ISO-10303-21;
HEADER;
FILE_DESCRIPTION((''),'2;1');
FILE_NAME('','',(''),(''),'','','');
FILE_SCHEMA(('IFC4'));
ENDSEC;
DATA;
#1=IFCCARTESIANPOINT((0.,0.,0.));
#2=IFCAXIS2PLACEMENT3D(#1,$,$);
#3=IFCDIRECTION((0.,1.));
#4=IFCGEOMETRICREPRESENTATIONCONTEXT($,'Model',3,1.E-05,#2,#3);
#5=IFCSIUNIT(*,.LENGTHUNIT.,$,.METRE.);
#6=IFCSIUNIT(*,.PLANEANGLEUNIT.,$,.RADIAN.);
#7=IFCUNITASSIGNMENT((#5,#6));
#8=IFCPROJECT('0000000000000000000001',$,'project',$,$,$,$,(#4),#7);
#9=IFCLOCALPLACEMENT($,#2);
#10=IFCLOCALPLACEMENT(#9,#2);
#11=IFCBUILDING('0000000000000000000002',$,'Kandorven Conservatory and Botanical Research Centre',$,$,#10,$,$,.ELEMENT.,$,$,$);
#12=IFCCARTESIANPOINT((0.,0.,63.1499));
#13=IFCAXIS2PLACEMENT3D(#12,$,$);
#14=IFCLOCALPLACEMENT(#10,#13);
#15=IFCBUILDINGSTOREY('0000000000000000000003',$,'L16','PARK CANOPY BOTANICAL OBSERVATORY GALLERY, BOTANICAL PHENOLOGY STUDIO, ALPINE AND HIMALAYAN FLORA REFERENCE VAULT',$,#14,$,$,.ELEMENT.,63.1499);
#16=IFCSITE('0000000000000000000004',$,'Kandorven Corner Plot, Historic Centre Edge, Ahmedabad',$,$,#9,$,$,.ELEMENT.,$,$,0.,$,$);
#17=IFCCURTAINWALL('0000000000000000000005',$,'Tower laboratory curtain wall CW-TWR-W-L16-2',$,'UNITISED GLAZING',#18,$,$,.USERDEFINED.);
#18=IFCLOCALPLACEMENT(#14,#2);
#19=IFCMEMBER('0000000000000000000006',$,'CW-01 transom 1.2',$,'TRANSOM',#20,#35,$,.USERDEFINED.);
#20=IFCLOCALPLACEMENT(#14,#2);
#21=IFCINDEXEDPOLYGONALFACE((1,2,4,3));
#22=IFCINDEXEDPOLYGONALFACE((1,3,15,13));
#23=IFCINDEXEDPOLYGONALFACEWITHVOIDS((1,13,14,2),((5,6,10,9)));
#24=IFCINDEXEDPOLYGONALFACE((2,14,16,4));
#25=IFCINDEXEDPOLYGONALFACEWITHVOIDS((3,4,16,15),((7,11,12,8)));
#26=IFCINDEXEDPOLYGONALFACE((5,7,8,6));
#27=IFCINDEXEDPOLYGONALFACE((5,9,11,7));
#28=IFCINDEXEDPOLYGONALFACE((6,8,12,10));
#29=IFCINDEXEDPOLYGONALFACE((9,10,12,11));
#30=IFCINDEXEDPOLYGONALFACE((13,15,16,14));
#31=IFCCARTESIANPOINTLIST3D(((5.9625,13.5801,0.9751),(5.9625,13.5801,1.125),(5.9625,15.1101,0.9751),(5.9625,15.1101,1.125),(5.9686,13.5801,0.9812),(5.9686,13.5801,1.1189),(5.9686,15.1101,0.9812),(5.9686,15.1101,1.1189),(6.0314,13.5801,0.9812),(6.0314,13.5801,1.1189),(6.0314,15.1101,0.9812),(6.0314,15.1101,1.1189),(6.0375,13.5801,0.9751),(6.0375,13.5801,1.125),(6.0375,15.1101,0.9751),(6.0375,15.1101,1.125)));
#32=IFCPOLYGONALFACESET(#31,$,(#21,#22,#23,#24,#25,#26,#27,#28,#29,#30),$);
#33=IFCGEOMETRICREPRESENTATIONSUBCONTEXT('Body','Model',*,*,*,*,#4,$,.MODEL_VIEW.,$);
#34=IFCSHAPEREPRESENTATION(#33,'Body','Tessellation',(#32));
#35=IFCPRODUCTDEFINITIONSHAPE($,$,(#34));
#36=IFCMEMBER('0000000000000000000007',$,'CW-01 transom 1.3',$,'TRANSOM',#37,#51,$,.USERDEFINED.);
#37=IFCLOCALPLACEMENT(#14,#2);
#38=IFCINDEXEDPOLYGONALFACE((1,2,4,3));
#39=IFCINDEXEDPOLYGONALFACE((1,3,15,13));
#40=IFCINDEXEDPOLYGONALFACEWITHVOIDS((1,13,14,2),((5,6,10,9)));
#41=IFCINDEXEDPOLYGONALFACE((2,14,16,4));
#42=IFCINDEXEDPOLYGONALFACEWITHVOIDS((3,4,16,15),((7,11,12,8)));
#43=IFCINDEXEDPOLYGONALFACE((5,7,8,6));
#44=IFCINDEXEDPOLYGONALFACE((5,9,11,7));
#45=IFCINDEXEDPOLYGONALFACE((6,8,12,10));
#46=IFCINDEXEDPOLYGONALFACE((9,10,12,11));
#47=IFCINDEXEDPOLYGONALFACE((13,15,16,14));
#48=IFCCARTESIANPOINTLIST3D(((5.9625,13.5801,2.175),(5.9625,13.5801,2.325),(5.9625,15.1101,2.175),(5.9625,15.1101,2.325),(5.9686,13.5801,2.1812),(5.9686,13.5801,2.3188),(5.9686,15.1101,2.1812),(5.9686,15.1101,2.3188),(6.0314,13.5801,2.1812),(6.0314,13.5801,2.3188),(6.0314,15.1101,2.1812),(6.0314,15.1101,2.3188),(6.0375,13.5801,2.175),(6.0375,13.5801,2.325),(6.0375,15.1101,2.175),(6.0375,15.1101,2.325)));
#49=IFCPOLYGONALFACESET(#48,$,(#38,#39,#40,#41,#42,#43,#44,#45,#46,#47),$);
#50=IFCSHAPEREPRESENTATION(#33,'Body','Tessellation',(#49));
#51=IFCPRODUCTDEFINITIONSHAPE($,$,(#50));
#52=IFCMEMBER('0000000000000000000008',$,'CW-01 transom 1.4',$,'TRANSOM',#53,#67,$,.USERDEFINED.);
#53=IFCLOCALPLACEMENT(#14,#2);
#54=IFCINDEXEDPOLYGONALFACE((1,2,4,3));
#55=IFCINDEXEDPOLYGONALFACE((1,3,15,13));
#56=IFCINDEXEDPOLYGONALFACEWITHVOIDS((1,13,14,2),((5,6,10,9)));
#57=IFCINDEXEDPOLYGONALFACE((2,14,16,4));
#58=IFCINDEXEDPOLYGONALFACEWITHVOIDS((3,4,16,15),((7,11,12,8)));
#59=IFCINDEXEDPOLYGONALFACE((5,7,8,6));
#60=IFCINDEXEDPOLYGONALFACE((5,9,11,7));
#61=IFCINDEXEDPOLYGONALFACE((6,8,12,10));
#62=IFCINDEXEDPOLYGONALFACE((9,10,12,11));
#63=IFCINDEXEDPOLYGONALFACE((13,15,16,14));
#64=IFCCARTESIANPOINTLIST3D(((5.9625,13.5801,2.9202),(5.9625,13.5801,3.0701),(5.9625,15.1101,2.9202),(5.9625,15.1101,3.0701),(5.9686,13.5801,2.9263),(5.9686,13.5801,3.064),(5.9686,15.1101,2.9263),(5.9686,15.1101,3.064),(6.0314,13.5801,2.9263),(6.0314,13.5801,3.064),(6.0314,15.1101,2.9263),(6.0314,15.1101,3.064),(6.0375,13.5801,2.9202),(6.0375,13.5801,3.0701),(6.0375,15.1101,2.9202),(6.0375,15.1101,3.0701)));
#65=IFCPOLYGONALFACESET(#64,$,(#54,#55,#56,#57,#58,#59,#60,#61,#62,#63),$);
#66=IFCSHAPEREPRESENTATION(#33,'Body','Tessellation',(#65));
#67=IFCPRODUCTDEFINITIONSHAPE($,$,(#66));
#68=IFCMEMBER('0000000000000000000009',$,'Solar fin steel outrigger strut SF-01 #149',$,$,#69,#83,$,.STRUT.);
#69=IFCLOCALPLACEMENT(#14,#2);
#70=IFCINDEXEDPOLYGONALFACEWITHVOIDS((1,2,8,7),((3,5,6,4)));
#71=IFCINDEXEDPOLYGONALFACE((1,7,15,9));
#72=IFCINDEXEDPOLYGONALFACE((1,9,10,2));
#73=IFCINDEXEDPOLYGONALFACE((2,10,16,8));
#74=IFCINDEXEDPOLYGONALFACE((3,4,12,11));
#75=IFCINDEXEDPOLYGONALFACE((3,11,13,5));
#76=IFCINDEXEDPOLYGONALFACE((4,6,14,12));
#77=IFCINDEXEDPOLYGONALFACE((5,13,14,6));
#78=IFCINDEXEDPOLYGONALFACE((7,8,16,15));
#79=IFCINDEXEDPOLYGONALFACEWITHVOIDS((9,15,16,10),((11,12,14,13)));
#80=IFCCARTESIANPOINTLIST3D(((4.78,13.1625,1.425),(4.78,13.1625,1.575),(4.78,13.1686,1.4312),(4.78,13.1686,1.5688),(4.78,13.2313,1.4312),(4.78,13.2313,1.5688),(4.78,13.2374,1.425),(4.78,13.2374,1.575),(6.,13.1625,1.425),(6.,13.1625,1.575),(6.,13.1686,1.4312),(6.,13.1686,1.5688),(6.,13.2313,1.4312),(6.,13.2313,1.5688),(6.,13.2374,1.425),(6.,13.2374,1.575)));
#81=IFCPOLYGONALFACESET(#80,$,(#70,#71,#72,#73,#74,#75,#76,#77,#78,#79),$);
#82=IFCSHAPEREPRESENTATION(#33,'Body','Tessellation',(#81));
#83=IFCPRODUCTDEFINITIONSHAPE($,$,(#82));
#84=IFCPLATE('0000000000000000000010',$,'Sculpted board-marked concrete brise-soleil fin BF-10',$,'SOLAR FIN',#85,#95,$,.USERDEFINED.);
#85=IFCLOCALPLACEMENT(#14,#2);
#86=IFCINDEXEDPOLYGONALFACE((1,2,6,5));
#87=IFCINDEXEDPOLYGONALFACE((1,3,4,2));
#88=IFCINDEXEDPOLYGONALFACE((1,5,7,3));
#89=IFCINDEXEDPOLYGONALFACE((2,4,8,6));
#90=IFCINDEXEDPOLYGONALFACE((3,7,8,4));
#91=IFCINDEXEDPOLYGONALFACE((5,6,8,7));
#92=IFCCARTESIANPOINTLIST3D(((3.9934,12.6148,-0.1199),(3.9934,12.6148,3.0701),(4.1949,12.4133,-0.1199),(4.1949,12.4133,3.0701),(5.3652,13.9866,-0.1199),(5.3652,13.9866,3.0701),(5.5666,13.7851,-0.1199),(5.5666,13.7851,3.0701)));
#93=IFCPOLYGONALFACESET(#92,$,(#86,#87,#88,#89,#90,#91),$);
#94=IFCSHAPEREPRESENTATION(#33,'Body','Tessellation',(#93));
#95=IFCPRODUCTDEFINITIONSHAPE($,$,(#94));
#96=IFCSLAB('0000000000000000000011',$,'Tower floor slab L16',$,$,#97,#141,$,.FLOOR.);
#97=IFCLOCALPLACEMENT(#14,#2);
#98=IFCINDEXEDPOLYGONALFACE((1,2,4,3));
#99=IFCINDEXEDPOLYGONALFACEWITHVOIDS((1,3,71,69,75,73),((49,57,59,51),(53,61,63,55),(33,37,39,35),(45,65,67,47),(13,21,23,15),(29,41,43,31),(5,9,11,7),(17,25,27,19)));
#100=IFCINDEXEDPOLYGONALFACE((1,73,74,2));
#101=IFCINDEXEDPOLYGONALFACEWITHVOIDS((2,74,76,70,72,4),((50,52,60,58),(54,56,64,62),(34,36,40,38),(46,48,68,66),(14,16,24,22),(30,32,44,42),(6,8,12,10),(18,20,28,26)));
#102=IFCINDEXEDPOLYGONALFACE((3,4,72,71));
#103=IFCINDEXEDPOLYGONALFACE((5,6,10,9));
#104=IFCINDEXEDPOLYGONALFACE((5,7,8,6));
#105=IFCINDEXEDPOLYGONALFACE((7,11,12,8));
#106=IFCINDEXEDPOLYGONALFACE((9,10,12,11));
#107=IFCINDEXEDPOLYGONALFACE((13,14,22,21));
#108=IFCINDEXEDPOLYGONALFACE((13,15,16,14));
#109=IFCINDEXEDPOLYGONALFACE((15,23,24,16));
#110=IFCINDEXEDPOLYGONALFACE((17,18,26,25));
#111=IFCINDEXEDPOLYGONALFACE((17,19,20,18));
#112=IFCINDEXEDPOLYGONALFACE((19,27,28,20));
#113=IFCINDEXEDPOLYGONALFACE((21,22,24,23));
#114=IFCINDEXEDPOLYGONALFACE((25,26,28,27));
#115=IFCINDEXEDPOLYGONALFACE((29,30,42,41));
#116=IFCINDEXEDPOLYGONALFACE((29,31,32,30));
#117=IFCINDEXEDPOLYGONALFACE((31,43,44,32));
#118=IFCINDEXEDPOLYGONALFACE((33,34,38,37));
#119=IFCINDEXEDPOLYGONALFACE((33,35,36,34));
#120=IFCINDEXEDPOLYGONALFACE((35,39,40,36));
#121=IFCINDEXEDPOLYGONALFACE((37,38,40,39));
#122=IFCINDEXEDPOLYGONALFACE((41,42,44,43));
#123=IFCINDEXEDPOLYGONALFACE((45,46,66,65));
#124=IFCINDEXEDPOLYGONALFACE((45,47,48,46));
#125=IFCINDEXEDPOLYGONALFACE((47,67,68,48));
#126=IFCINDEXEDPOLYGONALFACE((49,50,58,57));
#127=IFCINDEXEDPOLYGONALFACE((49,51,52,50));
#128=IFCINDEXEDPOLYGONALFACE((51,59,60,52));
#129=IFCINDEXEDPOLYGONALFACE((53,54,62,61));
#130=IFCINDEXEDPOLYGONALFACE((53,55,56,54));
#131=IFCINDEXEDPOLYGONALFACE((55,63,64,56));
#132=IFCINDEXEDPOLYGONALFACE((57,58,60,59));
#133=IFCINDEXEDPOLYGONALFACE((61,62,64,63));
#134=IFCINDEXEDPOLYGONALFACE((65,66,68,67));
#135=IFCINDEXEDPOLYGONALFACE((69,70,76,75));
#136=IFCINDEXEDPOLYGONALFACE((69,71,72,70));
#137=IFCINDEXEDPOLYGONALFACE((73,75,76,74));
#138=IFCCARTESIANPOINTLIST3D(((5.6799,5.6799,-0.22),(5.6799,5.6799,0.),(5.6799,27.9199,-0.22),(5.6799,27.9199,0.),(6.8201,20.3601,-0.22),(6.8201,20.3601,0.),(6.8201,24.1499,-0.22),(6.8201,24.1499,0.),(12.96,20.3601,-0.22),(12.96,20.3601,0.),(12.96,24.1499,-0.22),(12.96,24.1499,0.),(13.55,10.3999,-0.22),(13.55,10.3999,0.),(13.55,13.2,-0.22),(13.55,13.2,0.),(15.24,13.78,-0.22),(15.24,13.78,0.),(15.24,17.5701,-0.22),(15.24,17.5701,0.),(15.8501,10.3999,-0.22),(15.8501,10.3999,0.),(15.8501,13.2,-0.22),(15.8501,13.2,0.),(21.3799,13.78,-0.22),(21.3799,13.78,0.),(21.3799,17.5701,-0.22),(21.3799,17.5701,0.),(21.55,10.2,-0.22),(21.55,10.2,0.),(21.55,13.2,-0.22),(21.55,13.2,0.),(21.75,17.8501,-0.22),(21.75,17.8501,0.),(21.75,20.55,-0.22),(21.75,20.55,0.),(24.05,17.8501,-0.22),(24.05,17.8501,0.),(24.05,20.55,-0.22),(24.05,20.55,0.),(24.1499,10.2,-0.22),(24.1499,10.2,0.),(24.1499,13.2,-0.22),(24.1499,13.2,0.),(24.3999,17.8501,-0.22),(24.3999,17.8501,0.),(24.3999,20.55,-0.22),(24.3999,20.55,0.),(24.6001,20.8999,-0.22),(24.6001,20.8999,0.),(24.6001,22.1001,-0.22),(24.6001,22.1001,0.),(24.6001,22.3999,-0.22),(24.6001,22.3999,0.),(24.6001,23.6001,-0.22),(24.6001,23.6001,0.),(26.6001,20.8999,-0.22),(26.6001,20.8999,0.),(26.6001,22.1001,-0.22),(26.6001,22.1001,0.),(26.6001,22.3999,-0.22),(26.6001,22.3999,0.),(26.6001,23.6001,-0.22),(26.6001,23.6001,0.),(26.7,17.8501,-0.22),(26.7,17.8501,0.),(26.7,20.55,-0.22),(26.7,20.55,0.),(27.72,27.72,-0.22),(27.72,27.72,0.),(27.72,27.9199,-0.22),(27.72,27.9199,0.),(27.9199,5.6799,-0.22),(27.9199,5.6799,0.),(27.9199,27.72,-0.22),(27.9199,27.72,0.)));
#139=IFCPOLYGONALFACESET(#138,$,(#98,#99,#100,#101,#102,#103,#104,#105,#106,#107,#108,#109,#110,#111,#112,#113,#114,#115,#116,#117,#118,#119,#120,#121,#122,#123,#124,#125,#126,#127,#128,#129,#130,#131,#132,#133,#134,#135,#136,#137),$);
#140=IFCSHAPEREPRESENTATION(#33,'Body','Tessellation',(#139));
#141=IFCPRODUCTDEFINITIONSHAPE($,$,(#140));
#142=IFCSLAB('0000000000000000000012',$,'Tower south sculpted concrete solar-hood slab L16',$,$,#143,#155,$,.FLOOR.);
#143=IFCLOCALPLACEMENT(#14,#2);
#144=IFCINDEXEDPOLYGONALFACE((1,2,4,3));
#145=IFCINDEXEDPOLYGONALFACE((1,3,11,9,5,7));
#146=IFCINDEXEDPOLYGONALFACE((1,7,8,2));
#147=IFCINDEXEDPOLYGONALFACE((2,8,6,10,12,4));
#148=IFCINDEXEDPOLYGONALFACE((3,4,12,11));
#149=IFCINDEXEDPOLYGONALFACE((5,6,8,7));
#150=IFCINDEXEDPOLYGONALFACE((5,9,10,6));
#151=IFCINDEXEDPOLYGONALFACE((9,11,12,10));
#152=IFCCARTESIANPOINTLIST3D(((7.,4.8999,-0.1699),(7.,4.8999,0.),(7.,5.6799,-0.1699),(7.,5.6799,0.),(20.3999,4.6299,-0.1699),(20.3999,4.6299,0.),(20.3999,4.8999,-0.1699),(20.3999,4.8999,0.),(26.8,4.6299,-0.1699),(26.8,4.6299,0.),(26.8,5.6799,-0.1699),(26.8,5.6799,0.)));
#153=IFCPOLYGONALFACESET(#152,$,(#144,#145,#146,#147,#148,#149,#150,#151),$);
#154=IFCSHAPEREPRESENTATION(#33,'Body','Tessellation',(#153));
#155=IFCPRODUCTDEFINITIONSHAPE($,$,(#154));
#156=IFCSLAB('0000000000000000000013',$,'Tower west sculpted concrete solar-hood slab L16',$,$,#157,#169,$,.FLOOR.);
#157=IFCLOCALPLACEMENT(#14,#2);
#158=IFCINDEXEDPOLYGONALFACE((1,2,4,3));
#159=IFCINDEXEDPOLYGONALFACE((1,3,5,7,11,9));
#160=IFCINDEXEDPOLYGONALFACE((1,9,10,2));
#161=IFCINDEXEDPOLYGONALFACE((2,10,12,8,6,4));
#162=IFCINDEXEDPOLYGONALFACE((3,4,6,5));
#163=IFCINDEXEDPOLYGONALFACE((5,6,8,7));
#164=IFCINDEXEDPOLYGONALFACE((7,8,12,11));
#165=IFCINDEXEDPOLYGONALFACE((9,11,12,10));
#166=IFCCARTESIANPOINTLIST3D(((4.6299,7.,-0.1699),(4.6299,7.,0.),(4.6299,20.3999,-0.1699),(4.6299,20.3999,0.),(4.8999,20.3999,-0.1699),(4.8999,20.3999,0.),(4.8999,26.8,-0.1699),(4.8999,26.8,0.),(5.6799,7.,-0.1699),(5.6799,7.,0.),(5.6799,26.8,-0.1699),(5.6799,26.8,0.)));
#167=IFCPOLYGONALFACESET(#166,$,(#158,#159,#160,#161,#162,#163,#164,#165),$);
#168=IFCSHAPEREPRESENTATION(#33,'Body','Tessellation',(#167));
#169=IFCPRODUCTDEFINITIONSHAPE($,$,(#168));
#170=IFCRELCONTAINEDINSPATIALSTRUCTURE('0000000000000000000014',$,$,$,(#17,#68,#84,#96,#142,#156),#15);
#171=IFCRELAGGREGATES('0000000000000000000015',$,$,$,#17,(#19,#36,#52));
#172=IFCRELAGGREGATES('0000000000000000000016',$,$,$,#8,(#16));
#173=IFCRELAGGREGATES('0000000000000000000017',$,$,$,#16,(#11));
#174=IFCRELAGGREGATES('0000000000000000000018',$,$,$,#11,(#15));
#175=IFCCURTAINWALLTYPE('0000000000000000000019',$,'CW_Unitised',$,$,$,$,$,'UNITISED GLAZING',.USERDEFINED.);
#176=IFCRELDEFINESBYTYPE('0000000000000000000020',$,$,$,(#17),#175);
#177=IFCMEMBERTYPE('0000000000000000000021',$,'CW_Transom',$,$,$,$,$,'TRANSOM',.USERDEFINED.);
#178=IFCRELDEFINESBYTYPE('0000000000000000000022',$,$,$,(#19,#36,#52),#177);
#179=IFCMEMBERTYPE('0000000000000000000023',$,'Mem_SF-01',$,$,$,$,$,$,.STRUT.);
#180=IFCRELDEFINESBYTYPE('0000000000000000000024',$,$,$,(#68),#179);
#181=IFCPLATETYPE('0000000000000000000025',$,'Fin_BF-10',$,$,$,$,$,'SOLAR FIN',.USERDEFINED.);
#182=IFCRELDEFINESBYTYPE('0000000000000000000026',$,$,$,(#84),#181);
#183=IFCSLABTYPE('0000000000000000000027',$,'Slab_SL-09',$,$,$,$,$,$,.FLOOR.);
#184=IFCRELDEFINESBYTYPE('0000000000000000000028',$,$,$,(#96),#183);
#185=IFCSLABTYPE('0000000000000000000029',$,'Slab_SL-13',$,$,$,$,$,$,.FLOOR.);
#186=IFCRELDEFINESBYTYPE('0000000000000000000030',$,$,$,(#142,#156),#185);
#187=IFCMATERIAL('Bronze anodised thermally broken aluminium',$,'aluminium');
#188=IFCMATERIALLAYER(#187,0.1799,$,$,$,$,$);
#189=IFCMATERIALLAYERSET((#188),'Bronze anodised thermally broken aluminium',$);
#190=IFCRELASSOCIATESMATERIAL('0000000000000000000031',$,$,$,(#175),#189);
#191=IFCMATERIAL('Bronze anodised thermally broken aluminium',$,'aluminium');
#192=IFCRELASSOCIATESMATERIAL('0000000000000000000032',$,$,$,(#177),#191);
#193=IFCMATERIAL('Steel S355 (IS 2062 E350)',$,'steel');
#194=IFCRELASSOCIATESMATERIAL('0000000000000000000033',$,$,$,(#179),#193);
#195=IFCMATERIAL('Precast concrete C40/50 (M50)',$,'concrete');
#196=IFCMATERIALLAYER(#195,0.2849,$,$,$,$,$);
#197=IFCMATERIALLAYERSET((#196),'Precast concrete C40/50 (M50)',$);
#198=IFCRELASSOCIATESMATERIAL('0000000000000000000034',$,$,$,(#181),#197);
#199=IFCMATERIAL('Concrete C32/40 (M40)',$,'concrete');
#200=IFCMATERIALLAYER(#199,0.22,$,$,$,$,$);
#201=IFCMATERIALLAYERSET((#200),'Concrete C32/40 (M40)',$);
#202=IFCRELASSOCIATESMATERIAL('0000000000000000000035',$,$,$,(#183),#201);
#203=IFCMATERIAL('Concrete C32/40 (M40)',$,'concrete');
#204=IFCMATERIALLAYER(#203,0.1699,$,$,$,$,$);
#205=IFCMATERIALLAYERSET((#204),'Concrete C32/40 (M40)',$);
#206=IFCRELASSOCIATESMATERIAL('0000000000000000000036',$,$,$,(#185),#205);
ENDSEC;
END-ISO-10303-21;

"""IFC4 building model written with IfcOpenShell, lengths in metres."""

from ifc_helpers import new_model, si_unit, direction, frame, origin, origin_2d, place, context, subcontext, project, spatial, polyline, rectangle, hollow_rectangle, outline, extrude, material, layer, layer_set, material_profile, profile_set, type_object, element, aggregate, save


model = new_model("IFC4")

# Units and contexts
model_context = context("Model", 3, precision=1e-05, world=origin(), true_north=direction((0.0, 1.0)))
body_context = subcontext(model_context, "Body", "Model", "MODEL_VIEW")
ifc_project = project(units=[si_unit("LENGTHUNIT", "METRE"), si_unit("PLANEANGLEUNIT", "RADIAN")], contexts=[model_context])

# Site, building, storey
site_placement = place(None, origin())
site = spatial("IfcSite", under=ifc_project, at=site_placement, Name="Kandorven Corner Plot, Historic Centre Edge, Ahmedabad", CompositionType="ELEMENT", RefElevation=0.0)
building_placement = place(site_placement, origin())
building = spatial("IfcBuilding", under=site, at=building_placement, Name="Kandorven Conservatory and Botanical Research Centre", CompositionType="ELEMENT")
storey_placement = place(building_placement, frame((0.0, 0.0, 63.1499)))
storey = spatial("IfcBuildingStorey", under=building, at=storey_placement, Name="L16", Description="PARK CANOPY BOTANICAL OBSERVATORY GALLERY, BOTANICAL PHENOLOGY STUDIO, ALPINE AND HIMALAYAN FLORA REFERENCE VAULT", CompositionType="ELEMENT", Elevation=63.1499)

# Curtain wall, members
ifc_material_1 = material(Name="Bronze anodised thermally broken aluminium", Category="aluminium")
ifc_layer_1 = layer(ifc_material_1, 0.1799)
ifc_layer_set_1 = layer_set([ifc_layer_1], Name="Bronze anodised thermally broken aluminium")
curtain_wall_type = type_object("IfcCurtainWallType", Name="CW_Unitised", ElementType="UNITISED GLAZING", PredefinedType="USERDEFINED", material=ifc_layer_set_1)
curtain_wall_placement = place(storey_placement, origin())
curtain_wall = element("IfcCurtainWall", 1, at=curtain_wall_placement, inside=storey, type_object=curtain_wall_type, Name="Tower laboratory curtain wall CW-TWR-W-L16-2", ObjectType="UNITISED GLAZING", PredefinedType="USERDEFINED")
ifc_material_2 = material(Name="Bronze anodised thermally broken aluminium", Category="aluminium")
ifc_material_profile_1 = material_profile(ifc_material_2, hollow_rectangle(XDim=0.075, YDim=0.1499, WallThickness=0.0061, at=origin_2d()))
ifc_profile_set_1 = profile_set([ifc_material_profile_1], Name="Bronze anodised thermally broken aluminium")
member_type_1 = type_object("IfcMemberType", Name="CW_Transom", ElementType="TRANSOM", PredefinedType="USERDEFINED", material=ifc_profile_set_1)
member_1_placement = place(storey_placement, frame((6.0, 13.5801, 1.05), z_axis=(0.0, 1.0, 0.0), x_axis=(-1.0, 0.0, 0.0)))
member_1 = element("IfcMember", 2, at=member_1_placement, type_object=member_type_1, Name="CW-01 transom 1.2", ObjectType="TRANSOM", PredefinedType="USERDEFINED", context=body_context, shape_type="SweptSolid", body=[
    extrude(hollow_rectangle(XDim=0.075, YDim=0.1499, WallThickness=0.0061, at=origin_2d()), origin(), (0.0, 0.0, 1.0), 1.53),
])
member_2_placement = place(storey_placement, frame((6.0, 13.5801, 2.25), z_axis=(0.0, 1.0, 0.0), x_axis=(-1.0, 0.0, 0.0)))
member_2 = element("IfcMember", 3, at=member_2_placement, type_object=member_type_1, Name="CW-01 transom 1.3", ObjectType="TRANSOM", PredefinedType="USERDEFINED", context=body_context, shape_type="SweptSolid", body=[
    extrude(hollow_rectangle(XDim=0.075, YDim=0.1499, WallThickness=0.0061, at=origin_2d()), origin(), (0.0, 0.0, 1.0), 1.53),
])
member_3_placement = place(storey_placement, frame((6.0, 13.5801, 2.9951), z_axis=(0.0, 1.0, 0.0), x_axis=(-1.0, 0.0, 0.0)))
member_3 = element("IfcMember", 4, at=member_3_placement, type_object=member_type_1, Name="CW-01 transom 1.4", ObjectType="TRANSOM", PredefinedType="USERDEFINED", context=body_context, shape_type="SweptSolid", body=[
    extrude(hollow_rectangle(XDim=0.075, YDim=0.1499, WallThickness=0.0061, at=origin_2d()), origin(), (0.0, 0.0, 1.0), 1.53),
])
aggregate(curtain_wall, [member_1, member_2, member_3])

# Member
ifc_material_3 = material(Name="Steel S355 (IS 2062 E350)", Category="steel")
ifc_material_profile_2 = material_profile(ifc_material_3, hollow_rectangle(XDim=0.075, YDim=0.1499, WallThickness=0.0061, at=origin_2d()))
ifc_profile_set_2 = profile_set([ifc_material_profile_2], Name="Steel S355 (IS 2062 E350)")
member_type_2 = type_object("IfcMemberType", Name="Mem_SF-01", PredefinedType="STRUT", material=ifc_profile_set_2)
member_4_placement = place(storey_placement, frame((6.0, 13.2, 1.5), z_axis=(-1.0, 0.0, 0.0), x_axis=(0.0, -1.0, 0.0)))
element("IfcMember", 5, at=member_4_placement, inside=storey, type_object=member_type_2, Name="Solar fin steel outrigger strut SF-01 #149", PredefinedType="STRUT", context=body_context, shape_type="SweptSolid", body=[
    extrude(hollow_rectangle(XDim=0.075, YDim=0.1499, WallThickness=0.0061, at=origin_2d()), origin(), (0.0, 0.0, 1.0), 1.22),
])

# Plate
ifc_material_4 = material(Name="Precast concrete C40/50 (M50)", Category="concrete")
ifc_layer_2 = layer(ifc_material_4, 0.2849)
ifc_layer_set_2 = layer_set([ifc_layer_2], Name="Precast concrete C40/50 (M50)")
plate_type = type_object("IfcPlateType", Name="Fin_BF-10", ElementType="SOLAR FIN", PredefinedType="USERDEFINED", material=ifc_layer_set_2)
plate_placement = place(storey_placement, frame((4.78, 13.2, -0.1199), z_axis=(0.0, 0.0, 1.0), x_axis=(0.707107, 0.707107, 0.0)))
element("IfcPlate", 6, at=plate_placement, inside=storey, type_object=plate_type, Name="Sculpted board-marked concrete brise-soleil fin BF-10", ObjectType="SOLAR FIN", PredefinedType="USERDEFINED", context=body_context, shape_type="SweptSolid", body=[
    extrude(rectangle(XDim=1.9399, YDim=0.2849, at=origin_2d()), origin(), (0.0, 0.0, 1.0), 3.1899),
])

# Slabs
ifc_material_5 = material(Name="Concrete C32/40 (M40)", Category="concrete")
ifc_layer_3 = layer(ifc_material_5, 0.22)
ifc_layer_set_3 = layer_set([ifc_layer_3], Name="Concrete C32/40 (M40)")
slab_type_1 = type_object("IfcSlabType", Name="Slab_SL-09", PredefinedType="FLOOR", material=ifc_layer_set_3)
slab_1_placement = place(storey_placement, frame((0.0, 0.0, -0.22)))
element("IfcSlab", 7, at=slab_1_placement, inside=storey, type_object=slab_type_1, Name="Tower floor slab L16", PredefinedType="FLOOR", context=body_context, shape_type="SweptSolid", body=[
    extrude(outline(polyline([(5.6799, 5.6799), (27.9199, 5.6799), (27.9199, 27.72), (27.72, 27.72), (27.72, 27.9199), (5.6799, 27.9199), (5.6799, 5.6799)]), holes=[polyline([(15.24, 13.78), (21.3799, 13.78), (21.3799, 17.5701), (15.24, 17.5701), (15.24, 13.78)]), polyline([(12.96, 24.1499), (6.8201, 24.1499), (6.8201, 20.3601), (12.96, 20.3601), (12.96, 24.1499)]), polyline([(21.75, 17.8501), (24.05, 17.8501), (24.05, 20.55), (21.75, 20.55), (21.75, 17.8501)]), polyline([(24.3999, 17.8501), (26.7, 17.8501), (26.7, 20.55), (24.3999, 20.55), (24.3999, 17.8501)]), polyline([(13.55, 10.3999), (15.8501, 10.3999), (15.8501, 13.2), (13.55, 13.2), (13.55, 10.3999)]), polyline([(21.55, 10.2), (24.1499, 10.2), (24.1499, 13.2), (21.55, 13.2), (21.55, 10.2)]), polyline([(24.6001, 20.8999), (26.6001, 20.8999), (26.6001, 22.1001), (24.6001, 22.1001), (24.6001, 20.8999)]), polyline([(24.6001, 22.3999), (26.6001, 22.3999), (26.6001, 23.6001), (24.6001, 23.6001), (24.6001, 22.3999)])]), origin(), (0.0, 0.0, 1.0), 0.22),
])
ifc_material_6 = material(Name="Concrete C32/40 (M40)", Category="concrete")
ifc_layer_4 = layer(ifc_material_6, 0.1699)
ifc_layer_set_4 = layer_set([ifc_layer_4], Name="Concrete C32/40 (M40)")
slab_type_2 = type_object("IfcSlabType", Name="Slab_SL-13", PredefinedType="FLOOR", material=ifc_layer_set_4)
slab_2_placement = place(storey_placement, frame((0.0, 0.0, -0.1699)))
element("IfcSlab", 8, at=slab_2_placement, inside=storey, type_object=slab_type_2, Name="Tower south sculpted concrete solar-hood slab L16", PredefinedType="FLOOR", context=body_context, shape_type="SweptSolid", body=[
    extrude(outline(polyline([(7.0, 5.6799), (26.8, 5.6799), (26.8, 4.6299), (20.3999, 4.6299), (20.3999, 4.8999), (7.0, 4.8999), (7.0, 5.6799)])), origin(), (0.0, 0.0, 1.0), 0.1699),
])
slab_3_placement = place(storey_placement, frame((0.0, 0.0, -0.1699)))
element("IfcSlab", 9, at=slab_3_placement, inside=storey, type_object=slab_type_2, Name="Tower west sculpted concrete solar-hood slab L16", PredefinedType="FLOOR", context=body_context, shape_type="SweptSolid", body=[
    extrude(outline(polyline([(4.6299, 7.0), (5.6799, 7.0), (5.6799, 26.8), (4.8999, 26.8), (4.8999, 20.3999), (4.6299, 20.3999), (4.6299, 7.0)])), origin(), (0.0, 0.0, 1.0), 0.1699),
])

save(model, "model.ifc")
